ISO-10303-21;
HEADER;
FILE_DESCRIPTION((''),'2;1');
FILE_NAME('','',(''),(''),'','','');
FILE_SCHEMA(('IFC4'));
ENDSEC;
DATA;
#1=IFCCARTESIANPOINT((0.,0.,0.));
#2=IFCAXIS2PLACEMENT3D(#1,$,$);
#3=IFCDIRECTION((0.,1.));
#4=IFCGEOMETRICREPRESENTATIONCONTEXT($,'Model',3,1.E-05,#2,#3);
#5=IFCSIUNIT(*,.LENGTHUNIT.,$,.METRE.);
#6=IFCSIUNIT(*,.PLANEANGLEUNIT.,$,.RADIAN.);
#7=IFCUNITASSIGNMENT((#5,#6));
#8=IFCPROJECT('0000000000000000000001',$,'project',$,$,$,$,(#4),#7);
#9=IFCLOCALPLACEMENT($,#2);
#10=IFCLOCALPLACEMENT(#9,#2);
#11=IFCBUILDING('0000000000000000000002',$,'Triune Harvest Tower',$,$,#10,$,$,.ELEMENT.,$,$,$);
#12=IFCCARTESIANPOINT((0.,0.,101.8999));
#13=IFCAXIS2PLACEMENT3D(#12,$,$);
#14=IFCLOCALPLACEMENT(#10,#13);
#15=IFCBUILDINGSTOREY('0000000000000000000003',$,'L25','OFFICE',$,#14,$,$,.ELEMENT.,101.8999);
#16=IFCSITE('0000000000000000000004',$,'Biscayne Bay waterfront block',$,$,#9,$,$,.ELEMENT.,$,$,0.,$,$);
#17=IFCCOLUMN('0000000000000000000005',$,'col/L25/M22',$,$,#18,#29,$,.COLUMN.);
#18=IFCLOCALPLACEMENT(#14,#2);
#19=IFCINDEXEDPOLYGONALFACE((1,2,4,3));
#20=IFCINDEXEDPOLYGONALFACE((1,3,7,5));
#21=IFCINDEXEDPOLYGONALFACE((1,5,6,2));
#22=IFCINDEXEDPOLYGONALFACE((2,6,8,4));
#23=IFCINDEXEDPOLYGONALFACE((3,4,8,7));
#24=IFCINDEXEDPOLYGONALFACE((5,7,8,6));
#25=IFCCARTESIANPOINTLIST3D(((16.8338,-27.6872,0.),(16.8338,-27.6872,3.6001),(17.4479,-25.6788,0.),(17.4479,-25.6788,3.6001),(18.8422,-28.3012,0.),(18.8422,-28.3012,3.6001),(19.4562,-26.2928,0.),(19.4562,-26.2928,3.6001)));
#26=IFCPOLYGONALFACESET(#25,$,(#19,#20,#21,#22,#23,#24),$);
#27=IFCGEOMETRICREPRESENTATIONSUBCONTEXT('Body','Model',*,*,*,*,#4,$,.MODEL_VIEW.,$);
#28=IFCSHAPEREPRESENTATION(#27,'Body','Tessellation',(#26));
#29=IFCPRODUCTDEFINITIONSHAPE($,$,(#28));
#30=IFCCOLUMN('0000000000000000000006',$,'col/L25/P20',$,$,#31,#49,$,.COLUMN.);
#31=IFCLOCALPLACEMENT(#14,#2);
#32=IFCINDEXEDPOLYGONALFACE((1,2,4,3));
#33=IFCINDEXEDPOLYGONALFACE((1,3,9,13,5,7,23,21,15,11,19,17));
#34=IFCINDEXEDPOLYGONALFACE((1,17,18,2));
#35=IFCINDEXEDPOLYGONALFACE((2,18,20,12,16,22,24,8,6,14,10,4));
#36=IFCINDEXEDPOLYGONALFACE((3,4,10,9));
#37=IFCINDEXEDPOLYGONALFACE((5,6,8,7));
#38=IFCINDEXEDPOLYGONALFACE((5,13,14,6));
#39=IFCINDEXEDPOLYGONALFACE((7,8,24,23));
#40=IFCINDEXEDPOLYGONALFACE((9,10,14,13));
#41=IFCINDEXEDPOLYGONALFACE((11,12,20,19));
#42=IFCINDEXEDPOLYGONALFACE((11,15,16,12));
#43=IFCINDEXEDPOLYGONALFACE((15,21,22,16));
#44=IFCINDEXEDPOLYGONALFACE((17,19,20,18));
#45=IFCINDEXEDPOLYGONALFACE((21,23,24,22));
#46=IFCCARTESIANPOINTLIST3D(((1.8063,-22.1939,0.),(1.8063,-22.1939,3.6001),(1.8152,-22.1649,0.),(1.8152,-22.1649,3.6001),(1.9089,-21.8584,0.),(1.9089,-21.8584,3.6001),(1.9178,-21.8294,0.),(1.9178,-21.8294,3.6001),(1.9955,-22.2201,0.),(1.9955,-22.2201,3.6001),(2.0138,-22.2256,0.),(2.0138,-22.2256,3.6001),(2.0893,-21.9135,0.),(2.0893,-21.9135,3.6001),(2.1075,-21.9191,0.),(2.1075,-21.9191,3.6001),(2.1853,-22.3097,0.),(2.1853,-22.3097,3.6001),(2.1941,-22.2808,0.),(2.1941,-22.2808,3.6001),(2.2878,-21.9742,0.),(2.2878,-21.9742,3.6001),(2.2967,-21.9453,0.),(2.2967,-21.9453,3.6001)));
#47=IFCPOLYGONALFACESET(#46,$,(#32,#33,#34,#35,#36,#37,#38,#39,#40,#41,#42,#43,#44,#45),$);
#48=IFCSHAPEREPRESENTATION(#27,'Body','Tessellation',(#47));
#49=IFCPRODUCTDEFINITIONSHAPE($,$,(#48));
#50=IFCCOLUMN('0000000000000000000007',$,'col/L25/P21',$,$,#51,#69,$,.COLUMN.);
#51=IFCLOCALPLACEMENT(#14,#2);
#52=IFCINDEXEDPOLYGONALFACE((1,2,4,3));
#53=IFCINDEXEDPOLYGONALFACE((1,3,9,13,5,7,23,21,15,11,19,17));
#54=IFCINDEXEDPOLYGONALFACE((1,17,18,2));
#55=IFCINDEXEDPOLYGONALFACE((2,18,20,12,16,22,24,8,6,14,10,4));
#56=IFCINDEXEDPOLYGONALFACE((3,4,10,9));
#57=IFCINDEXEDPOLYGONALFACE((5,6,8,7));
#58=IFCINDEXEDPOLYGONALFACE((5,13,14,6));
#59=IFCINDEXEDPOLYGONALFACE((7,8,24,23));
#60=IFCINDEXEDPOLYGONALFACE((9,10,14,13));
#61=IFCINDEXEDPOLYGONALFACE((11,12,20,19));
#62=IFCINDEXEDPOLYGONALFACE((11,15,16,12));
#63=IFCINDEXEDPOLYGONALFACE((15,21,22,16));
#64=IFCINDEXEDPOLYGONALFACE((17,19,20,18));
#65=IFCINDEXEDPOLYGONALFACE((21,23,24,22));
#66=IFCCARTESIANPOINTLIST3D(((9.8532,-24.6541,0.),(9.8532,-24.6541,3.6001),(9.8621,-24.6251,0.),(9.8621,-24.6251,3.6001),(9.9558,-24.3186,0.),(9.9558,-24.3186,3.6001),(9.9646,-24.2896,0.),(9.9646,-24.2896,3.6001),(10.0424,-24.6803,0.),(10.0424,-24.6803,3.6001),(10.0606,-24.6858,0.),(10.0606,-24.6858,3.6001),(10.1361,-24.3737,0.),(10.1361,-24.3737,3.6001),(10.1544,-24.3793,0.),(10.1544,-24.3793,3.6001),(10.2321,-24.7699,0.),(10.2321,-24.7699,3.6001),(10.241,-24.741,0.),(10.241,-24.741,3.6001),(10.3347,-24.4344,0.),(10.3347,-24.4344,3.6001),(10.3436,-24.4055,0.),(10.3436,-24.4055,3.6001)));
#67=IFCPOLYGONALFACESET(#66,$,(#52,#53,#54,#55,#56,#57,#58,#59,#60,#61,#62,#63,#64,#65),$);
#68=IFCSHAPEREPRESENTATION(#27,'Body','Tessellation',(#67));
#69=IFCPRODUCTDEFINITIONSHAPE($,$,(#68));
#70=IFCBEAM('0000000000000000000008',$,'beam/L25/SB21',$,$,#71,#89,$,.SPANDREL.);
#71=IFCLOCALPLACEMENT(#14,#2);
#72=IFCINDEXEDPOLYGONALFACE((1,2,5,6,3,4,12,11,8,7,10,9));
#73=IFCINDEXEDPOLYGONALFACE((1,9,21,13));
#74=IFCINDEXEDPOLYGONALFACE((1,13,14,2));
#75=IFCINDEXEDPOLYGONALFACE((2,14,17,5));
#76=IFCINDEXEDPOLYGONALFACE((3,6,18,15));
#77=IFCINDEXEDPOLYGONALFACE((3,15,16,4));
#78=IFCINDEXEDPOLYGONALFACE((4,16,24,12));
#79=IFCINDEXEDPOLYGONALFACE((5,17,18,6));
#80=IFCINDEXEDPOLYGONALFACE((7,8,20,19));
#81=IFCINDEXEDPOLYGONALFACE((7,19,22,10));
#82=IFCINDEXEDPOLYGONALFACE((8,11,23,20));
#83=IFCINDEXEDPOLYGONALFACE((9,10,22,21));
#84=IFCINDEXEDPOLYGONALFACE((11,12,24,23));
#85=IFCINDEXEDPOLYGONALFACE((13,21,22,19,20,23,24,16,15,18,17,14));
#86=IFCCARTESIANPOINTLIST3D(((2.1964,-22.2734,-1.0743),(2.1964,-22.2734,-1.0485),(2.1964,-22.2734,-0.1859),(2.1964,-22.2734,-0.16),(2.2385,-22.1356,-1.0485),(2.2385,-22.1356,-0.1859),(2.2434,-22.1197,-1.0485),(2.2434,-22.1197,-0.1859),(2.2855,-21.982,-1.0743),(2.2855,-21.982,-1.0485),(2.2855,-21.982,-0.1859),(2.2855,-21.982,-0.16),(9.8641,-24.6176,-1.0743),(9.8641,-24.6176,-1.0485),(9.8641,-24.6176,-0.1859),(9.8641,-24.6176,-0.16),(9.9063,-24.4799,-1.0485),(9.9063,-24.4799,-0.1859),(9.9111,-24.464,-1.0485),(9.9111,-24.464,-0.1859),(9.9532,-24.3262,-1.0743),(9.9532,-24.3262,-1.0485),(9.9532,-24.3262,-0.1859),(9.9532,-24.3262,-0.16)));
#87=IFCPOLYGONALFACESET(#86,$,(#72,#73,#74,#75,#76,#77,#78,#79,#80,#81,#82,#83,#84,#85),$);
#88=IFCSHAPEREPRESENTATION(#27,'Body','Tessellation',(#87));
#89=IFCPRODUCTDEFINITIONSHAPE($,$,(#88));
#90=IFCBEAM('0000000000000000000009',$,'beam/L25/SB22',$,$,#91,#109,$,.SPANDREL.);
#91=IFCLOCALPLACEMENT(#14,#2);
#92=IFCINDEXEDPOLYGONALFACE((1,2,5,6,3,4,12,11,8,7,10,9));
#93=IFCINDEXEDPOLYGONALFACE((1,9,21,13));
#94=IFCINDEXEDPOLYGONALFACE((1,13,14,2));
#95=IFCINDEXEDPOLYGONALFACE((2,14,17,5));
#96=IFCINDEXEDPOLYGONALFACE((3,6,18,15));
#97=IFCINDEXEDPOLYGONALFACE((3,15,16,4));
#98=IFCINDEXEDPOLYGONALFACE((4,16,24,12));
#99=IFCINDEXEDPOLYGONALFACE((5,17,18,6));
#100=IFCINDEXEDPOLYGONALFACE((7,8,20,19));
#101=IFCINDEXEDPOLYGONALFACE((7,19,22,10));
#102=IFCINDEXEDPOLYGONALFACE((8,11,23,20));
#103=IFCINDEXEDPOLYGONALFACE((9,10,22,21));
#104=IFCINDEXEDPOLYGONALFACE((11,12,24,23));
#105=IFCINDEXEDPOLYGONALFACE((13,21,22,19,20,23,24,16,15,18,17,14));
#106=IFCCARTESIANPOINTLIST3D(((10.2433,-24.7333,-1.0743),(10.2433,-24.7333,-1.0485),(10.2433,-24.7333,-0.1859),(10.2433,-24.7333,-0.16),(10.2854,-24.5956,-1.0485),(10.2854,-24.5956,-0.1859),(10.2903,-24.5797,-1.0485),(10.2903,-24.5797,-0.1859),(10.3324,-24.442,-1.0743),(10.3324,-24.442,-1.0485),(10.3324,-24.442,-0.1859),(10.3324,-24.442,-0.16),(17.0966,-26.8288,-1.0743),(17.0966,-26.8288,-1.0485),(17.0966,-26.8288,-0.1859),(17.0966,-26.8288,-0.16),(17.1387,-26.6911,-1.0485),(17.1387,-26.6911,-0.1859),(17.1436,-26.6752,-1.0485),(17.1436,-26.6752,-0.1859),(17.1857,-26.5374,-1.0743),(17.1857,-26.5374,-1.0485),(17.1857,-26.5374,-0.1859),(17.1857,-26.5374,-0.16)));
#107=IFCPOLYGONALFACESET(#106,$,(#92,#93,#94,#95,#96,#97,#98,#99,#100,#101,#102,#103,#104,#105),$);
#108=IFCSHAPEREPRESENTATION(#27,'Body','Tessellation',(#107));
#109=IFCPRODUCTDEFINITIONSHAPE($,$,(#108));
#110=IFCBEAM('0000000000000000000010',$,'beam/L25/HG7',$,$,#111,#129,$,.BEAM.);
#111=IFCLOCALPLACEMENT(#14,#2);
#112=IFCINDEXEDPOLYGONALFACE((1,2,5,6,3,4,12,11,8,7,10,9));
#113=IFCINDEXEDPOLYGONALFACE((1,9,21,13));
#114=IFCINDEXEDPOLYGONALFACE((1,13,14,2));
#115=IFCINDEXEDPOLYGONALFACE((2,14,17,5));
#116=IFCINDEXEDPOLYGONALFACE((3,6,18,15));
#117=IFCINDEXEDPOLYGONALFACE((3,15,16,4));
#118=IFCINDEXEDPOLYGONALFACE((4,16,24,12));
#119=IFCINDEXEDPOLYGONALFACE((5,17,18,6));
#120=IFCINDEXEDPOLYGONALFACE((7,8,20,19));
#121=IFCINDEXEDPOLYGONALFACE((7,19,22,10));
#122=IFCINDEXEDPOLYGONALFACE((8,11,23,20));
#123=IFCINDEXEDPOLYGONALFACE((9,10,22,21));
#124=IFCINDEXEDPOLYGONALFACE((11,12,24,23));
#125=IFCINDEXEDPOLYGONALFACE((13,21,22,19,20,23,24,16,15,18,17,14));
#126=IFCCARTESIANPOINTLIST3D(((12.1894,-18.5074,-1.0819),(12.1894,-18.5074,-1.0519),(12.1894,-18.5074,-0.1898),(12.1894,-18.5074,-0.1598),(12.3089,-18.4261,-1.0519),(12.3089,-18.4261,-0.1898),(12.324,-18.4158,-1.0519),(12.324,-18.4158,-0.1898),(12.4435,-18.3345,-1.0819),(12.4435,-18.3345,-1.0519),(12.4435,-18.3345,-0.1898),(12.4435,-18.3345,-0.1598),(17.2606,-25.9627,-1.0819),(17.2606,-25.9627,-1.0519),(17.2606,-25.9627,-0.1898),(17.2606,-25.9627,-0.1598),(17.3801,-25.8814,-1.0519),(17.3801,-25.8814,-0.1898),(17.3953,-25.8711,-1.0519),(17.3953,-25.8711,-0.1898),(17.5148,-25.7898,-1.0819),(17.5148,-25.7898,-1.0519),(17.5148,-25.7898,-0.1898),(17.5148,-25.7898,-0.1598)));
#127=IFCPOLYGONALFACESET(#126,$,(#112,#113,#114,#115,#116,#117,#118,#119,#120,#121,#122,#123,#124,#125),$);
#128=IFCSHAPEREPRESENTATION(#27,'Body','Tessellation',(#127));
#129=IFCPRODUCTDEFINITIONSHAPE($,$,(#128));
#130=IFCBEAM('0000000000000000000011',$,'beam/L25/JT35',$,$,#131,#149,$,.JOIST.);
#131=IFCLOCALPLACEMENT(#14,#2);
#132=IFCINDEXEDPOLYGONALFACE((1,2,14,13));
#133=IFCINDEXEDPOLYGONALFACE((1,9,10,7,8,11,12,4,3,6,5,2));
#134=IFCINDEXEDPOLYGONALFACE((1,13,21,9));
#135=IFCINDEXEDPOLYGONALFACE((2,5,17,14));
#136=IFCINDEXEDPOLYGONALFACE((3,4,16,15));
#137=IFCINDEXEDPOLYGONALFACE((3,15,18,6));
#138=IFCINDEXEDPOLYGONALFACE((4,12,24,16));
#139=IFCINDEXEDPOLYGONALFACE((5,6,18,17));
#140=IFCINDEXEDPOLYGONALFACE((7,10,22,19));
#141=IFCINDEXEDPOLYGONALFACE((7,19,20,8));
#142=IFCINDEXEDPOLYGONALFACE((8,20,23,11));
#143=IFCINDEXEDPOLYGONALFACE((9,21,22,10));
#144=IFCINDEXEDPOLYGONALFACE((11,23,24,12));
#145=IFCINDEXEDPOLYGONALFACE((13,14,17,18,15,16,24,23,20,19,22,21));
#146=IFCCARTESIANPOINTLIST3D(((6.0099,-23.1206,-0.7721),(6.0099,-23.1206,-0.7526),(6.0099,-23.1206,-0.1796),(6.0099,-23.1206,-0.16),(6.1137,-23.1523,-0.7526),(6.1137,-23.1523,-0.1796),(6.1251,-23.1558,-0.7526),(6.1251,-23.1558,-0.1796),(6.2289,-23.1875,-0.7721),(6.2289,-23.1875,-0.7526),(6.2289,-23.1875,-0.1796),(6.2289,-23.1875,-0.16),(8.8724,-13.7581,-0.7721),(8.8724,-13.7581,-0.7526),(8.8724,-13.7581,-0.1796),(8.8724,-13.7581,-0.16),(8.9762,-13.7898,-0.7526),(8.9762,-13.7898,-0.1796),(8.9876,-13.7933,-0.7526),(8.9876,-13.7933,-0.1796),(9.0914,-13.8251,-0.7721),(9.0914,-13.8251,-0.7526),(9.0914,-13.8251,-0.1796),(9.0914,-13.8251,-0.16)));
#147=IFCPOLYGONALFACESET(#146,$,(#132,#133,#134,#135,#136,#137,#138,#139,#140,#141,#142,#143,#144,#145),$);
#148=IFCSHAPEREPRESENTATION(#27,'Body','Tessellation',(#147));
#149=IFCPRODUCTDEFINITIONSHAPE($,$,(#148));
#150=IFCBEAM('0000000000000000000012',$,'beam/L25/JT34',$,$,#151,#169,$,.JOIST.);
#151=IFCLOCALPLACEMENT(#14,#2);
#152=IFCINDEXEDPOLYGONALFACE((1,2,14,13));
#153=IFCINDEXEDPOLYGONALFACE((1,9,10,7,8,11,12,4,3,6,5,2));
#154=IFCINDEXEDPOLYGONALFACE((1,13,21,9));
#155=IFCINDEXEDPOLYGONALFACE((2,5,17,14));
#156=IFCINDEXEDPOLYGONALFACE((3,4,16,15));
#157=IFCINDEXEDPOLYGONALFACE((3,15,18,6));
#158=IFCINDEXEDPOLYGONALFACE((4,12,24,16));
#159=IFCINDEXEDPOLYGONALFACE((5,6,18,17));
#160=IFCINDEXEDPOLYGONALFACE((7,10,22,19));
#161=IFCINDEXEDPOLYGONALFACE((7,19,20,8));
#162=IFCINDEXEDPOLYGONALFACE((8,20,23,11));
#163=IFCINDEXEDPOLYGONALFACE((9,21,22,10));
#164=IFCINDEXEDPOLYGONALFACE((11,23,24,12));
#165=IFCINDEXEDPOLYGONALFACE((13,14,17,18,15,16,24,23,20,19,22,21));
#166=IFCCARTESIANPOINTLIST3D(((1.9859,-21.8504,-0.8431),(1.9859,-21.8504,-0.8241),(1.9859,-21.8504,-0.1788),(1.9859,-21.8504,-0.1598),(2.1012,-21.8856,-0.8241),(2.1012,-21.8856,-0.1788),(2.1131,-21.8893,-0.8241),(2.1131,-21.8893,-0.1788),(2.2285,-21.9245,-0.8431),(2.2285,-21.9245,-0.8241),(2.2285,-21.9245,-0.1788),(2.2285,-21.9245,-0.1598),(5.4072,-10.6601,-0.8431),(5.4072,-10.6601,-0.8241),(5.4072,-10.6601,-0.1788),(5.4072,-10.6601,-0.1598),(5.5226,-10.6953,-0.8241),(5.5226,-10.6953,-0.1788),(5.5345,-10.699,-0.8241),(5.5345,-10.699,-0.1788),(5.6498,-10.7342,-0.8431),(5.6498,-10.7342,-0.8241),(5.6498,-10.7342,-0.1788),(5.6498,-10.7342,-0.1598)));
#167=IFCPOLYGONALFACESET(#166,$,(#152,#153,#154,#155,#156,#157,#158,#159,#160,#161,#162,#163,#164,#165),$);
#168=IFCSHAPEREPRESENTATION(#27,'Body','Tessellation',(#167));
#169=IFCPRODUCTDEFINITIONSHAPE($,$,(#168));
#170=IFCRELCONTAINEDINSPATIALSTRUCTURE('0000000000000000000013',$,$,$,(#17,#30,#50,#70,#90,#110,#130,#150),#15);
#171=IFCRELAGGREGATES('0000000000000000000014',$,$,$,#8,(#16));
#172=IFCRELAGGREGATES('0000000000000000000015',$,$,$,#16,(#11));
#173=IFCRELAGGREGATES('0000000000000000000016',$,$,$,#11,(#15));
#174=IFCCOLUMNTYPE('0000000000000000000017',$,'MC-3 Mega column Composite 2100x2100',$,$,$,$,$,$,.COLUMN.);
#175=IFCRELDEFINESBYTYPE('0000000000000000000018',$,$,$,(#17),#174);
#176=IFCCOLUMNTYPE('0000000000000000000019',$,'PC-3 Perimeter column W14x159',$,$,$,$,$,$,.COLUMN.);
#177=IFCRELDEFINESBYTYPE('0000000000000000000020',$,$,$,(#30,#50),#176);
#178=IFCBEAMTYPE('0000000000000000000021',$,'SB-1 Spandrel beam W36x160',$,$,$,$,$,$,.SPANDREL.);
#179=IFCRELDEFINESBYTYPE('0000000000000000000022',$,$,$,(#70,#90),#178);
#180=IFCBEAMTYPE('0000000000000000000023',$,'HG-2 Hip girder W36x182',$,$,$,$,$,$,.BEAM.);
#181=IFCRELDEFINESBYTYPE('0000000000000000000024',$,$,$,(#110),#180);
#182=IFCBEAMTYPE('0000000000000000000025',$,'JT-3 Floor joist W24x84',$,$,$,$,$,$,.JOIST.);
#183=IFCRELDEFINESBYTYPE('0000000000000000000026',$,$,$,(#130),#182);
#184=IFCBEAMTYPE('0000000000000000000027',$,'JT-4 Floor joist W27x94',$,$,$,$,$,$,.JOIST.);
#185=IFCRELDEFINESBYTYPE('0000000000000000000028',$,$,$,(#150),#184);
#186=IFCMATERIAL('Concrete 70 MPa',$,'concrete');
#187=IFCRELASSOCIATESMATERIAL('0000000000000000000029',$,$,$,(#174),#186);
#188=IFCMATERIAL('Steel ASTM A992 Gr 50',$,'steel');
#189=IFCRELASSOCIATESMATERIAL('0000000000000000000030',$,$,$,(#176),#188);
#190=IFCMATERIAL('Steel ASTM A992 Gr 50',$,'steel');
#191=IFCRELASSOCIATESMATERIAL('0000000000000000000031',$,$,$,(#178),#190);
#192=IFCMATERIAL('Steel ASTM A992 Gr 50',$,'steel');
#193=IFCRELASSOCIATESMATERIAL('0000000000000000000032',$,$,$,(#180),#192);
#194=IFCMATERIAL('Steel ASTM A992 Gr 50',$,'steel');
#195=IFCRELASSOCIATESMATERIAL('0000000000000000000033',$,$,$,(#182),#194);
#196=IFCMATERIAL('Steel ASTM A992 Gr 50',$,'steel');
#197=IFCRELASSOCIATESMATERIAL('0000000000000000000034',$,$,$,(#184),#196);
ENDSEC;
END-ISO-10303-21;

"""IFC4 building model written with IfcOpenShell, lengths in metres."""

from ifc_helpers import new_model, si_unit, direction, frame, origin, origin_2d, place, context, subcontext, project, spatial, rectangle, i_section, extrude, source, transform, mapped, material, material_profile, profile_set, type_object, element, save


model = new_model("IFC4")

# Units and contexts
model_context = context("Model", 3, precision=1e-05, world=origin(), true_north=direction((0.0, 1.0)))
body_context = subcontext(model_context, "Body", "Model", "MODEL_VIEW")
ifc_project = project(units=[si_unit("LENGTHUNIT", "METRE"), si_unit("PLANEANGLEUNIT", "RADIAN")], contexts=[model_context])

# Site, building, storey
site_placement = place(None, origin())
site = spatial("IfcSite", under=ifc_project, at=site_placement, Name="Biscayne Bay waterfront block", CompositionType="ELEMENT", RefElevation=0.0)
building_placement = place(site_placement, origin())
building = spatial("IfcBuilding", under=site, at=building_placement, Name="Triune Harvest Tower", CompositionType="ELEMENT")
storey_placement = place(building_placement, frame((0.0, 0.0, 101.8999)))
storey = spatial("IfcBuildingStorey", under=building, at=storey_placement, Name="L25", Description="OFFICE", CompositionType="ELEMENT", Elevation=101.8999)

# Columns
ifc_material_1 = material(Name="Concrete 70 MPa", Category="concrete")
ifc_material_profile_1 = material_profile(ifc_material_1, rectangle(XDim=2.1001, YDim=2.1001, at=origin_2d()), Name="Composite 2100x2100")
ifc_profile_set_1 = profile_set([ifc_material_profile_1], Name="Concrete 70 MPa")
column_type_1 = type_object("IfcColumnType", Name="MC-3 Mega column Composite 2100x2100", PredefinedType="COLUMN", material=ifc_profile_set_1)
shared_shape_1 = source(origin(), body_context, "Body", "SweptSolid", [
    extrude(rectangle(XDim=2.1001, YDim=2.1001, at=origin_2d()), origin(), (0.0, 0.0, 1.0), 3.6001),
])
column_placement = place(storey_placement, frame((18.145, -26.99, 0.0), z_axis=(0.0, 0.0, 1.0), x_axis=(0.956305, -0.292372, 0.0)))
element("IfcColumn", 1, at=column_placement, inside=storey, type_object=column_type_1, Name="col/L25/M22", PredefinedType="COLUMN", context=body_context, shape_type="MappedRepresentation", body=[
    mapped(shared_shape_1, transform((0.0, 0.0, 0.0), scale=1.0)),
])
ifc_material_2 = material(Name="Steel ASTM A992 Gr 50", Category="steel")
ifc_material_profile_2 = material_profile(ifc_material_2, i_section(OverallWidth=0.3962, OverallDepth=0.3811, WebThickness=0.019, FlangeThickness=0.0303, at=origin_2d()), Name="W14x159")
ifc_profile_set_2 = profile_set([ifc_material_profile_2], Name="Steel ASTM A992 Gr 50")
column_type_2 = type_object("IfcColumnType", Name="PC-3 Perimeter column W14x159", PredefinedType="COLUMN", material=ifc_profile_set_2)
shared_shape_2 = source(origin(), body_context, "Body", "SweptSolid", [
    extrude(i_section(OverallWidth=0.3962, OverallDepth=0.3811, WebThickness=0.019, FlangeThickness=0.0303, at=origin_2d()), origin(), (0.0, 0.0, 1.0), 3.6001),
])
for number, where, z_axis, x_axis, name in (
    (2, (2.0515, -22.0696, 0.0), (0.0, 0.0, 1.0), (0.956305, -0.292372, 0.0), "col/L25/P20"),
    (3, (10.0984, -24.5298, 0.0), (0.0, 0.0, 1.0), (0.956305, -0.292372, 0.0), "col/L25/P21"),
):
    element("IfcColumn", number, at=place(storey_placement, frame(where, z_axis=z_axis, x_axis=x_axis)), inside=storey, type_object=column_type_2, Name=name, PredefinedType="COLUMN", context=body_context, shape_type="MappedRepresentation", body=[
        mapped(shared_shape_2, transform((0.0, 0.0, 0.0), scale=1.0)),
    ])

# Beams
ifc_material_3 = material(Name="Steel ASTM A992 Gr 50", Category="steel")
ifc_material_profile_3 = material_profile(ifc_material_3, i_section(OverallWidth=0.3047, OverallDepth=0.9143, WebThickness=0.0166, FlangeThickness=0.0259, at=origin_2d()), Name="W36x160")
ifc_profile_set_3 = profile_set([ifc_material_profile_3], Name="Steel ASTM A992 Gr 50")
beam_type_1 = type_object("IfcBeamType", Name="SB-1 Spandrel beam W36x160", PredefinedType="SPANDREL", material=ifc_profile_set_3)
shared_shape_3 = source(origin(), body_context, "Body", "SweptSolid", [
    extrude(i_section(OverallWidth=0.3047, OverallDepth=0.9143, WebThickness=0.0166, FlangeThickness=0.0259, at=origin_2d()), origin(), (0.0, 0.0, 1.0), 8.0181),
])
beam_1_placement = place(storey_placement, frame((2.241, -22.1277, -0.6172), z_axis=(0.956305, -0.292369, 0.0), x_axis=(0.292369, 0.956305, 0.0)))
element("IfcBeam", 4, at=beam_1_placement, inside=storey, type_object=beam_type_1, Name="beam/L25/SB21", PredefinedType="SPANDREL", context=body_context, shape_type="MappedRepresentation", body=[
    mapped(shared_shape_3, transform((0.0, 0.0, 0.0), scale=1.0)),
])
shared_shape_4 = source(origin(), body_context, "Body", "SweptSolid", [
    extrude(i_section(OverallWidth=0.3047, OverallDepth=0.9143, WebThickness=0.0166, FlangeThickness=0.0259, at=origin_2d()), origin(), (0.0, 0.0, 1.0), 7.1665),
])
beam_2_placement = place(storey_placement, frame((10.2878, -24.5876, -0.6172), z_axis=(0.956297, -0.292398, 0.0), x_axis=(0.292398, 0.956297, 0.0)))
element("IfcBeam", 5, at=beam_2_placement, inside=storey, type_object=beam_type_1, Name="beam/L25/SB22", PredefinedType="SPANDREL", context=body_context, shape_type="MappedRepresentation", body=[
    mapped(shared_shape_4, transform((0.0, 0.0, 0.0), scale=1.0)),
])
ifc_material_4 = material(Name="Steel ASTM A992 Gr 50", Category="steel")
ifc_material_profile_4 = material_profile(ifc_material_4, i_section(OverallWidth=0.3074, OverallDepth=0.9221, WebThickness=0.0183, FlangeThickness=0.03, at=origin_2d()), Name="W36x182")
ifc_profile_set_4 = profile_set([ifc_material_profile_4], Name="Steel ASTM A992 Gr 50")
beam_type_2 = type_object("IfcBeamType", Name="HG-2 Hip girder W36x182", PredefinedType="BEAM", material=ifc_profile_set_4)
shared_shape_5 = source(origin(), body_context, "Body", "SweptSolid", [
    extrude(i_section(OverallWidth=0.3074, OverallDepth=0.9221, WebThickness=0.0183, FlangeThickness=0.03, at=origin_2d()), origin(), (0.0, 0.0, 1.0), 9.0166),
])
beam_3_placement = place(storey_placement, frame((17.3877, -25.8762, -0.6208), z_axis=(-0.562437, 0.82684, 0.0), x_axis=(-0.82684, -0.562437, 0.0)))
element("IfcBeam", 6, at=beam_3_placement, inside=storey, type_object=beam_type_2, Name="beam/L25/HG7", PredefinedType="BEAM", context=body_context, shape_type="MappedRepresentation", body=[
    mapped(shared_shape_5, transform((0.0, 0.0, 0.0), scale=1.0)),
])
ifc_material_5 = material(Name="Steel ASTM A992 Gr 50", Category="steel")
ifc_material_profile_5 = material_profile(ifc_material_5, i_section(OverallWidth=0.229, OverallDepth=0.6121, WebThickness=0.012, FlangeThickness=0.0195, at=origin_2d()), Name="W24x84")
ifc_profile_set_5 = profile_set([ifc_material_profile_5], Name="Steel ASTM A992 Gr 50")
beam_type_3 = type_object("IfcBeamType", Name="JT-3 Floor joist W24x84", PredefinedType="JOIST", material=ifc_profile_set_5)
shared_shape_6 = source(origin(), body_context, "Body", "SweptSolid", [
    extrude(i_section(OverallWidth=0.229, OverallDepth=0.6121, WebThickness=0.012, FlangeThickness=0.0195, at=origin_2d()), origin(), (0.0, 0.0, 1.0), 9.7903),
])
beam_4_placement = place(storey_placement, frame((6.1194, -23.1541, -0.4661), z_axis=(0.292384, 0.956301, 0.0), x_axis=(-0.956301, 0.292384, 0.0)))
element("IfcBeam", 7, at=beam_4_placement, inside=storey, type_object=beam_type_3, Name="beam/L25/JT35", PredefinedType="JOIST", context=body_context, shape_type="MappedRepresentation", body=[
    mapped(shared_shape_6, transform((0.0, 0.0, 0.0), scale=1.0)),
])
ifc_material_6 = material(Name="Steel ASTM A992 Gr 50", Category="steel")
ifc_material_profile_6 = material_profile(ifc_material_6, i_section(OverallWidth=0.2537, OverallDepth=0.6833, WebThickness=0.0125, FlangeThickness=0.019, at=origin_2d()), Name="W27x94")
ifc_profile_set_6 = profile_set([ifc_material_profile_6], Name="Steel ASTM A992 Gr 50")
beam_type_4 = type_object("IfcBeamType", Name="JT-4 Floor joist W27x94", PredefinedType="JOIST", material=ifc_profile_set_6)
shared_shape_7 = source(origin(), body_context, "Body", "SweptSolid", [
    extrude(i_section(OverallWidth=0.2537, OverallDepth=0.6833, WebThickness=0.0125, FlangeThickness=0.019, at=origin_2d()), origin(), (0.0, 0.0, 1.0), 11.7017),
])
beam_5_placement = place(storey_placement, frame((2.1072, -21.8875, -0.5015), z_axis=(0.292382, 0.956302, 0.0), x_axis=(-0.956302, 0.292382, 0.0)))
element("IfcBeam", 8, at=beam_5_placement, inside=storey, type_object=beam_type_4, Name="beam/L25/JT34", PredefinedType="JOIST", context=body_context, shape_type="MappedRepresentation", body=[
    mapped(shared_shape_7, transform((0.0, 0.0, 0.0), scale=1.0)),
])

save(model, "model.ifc")
